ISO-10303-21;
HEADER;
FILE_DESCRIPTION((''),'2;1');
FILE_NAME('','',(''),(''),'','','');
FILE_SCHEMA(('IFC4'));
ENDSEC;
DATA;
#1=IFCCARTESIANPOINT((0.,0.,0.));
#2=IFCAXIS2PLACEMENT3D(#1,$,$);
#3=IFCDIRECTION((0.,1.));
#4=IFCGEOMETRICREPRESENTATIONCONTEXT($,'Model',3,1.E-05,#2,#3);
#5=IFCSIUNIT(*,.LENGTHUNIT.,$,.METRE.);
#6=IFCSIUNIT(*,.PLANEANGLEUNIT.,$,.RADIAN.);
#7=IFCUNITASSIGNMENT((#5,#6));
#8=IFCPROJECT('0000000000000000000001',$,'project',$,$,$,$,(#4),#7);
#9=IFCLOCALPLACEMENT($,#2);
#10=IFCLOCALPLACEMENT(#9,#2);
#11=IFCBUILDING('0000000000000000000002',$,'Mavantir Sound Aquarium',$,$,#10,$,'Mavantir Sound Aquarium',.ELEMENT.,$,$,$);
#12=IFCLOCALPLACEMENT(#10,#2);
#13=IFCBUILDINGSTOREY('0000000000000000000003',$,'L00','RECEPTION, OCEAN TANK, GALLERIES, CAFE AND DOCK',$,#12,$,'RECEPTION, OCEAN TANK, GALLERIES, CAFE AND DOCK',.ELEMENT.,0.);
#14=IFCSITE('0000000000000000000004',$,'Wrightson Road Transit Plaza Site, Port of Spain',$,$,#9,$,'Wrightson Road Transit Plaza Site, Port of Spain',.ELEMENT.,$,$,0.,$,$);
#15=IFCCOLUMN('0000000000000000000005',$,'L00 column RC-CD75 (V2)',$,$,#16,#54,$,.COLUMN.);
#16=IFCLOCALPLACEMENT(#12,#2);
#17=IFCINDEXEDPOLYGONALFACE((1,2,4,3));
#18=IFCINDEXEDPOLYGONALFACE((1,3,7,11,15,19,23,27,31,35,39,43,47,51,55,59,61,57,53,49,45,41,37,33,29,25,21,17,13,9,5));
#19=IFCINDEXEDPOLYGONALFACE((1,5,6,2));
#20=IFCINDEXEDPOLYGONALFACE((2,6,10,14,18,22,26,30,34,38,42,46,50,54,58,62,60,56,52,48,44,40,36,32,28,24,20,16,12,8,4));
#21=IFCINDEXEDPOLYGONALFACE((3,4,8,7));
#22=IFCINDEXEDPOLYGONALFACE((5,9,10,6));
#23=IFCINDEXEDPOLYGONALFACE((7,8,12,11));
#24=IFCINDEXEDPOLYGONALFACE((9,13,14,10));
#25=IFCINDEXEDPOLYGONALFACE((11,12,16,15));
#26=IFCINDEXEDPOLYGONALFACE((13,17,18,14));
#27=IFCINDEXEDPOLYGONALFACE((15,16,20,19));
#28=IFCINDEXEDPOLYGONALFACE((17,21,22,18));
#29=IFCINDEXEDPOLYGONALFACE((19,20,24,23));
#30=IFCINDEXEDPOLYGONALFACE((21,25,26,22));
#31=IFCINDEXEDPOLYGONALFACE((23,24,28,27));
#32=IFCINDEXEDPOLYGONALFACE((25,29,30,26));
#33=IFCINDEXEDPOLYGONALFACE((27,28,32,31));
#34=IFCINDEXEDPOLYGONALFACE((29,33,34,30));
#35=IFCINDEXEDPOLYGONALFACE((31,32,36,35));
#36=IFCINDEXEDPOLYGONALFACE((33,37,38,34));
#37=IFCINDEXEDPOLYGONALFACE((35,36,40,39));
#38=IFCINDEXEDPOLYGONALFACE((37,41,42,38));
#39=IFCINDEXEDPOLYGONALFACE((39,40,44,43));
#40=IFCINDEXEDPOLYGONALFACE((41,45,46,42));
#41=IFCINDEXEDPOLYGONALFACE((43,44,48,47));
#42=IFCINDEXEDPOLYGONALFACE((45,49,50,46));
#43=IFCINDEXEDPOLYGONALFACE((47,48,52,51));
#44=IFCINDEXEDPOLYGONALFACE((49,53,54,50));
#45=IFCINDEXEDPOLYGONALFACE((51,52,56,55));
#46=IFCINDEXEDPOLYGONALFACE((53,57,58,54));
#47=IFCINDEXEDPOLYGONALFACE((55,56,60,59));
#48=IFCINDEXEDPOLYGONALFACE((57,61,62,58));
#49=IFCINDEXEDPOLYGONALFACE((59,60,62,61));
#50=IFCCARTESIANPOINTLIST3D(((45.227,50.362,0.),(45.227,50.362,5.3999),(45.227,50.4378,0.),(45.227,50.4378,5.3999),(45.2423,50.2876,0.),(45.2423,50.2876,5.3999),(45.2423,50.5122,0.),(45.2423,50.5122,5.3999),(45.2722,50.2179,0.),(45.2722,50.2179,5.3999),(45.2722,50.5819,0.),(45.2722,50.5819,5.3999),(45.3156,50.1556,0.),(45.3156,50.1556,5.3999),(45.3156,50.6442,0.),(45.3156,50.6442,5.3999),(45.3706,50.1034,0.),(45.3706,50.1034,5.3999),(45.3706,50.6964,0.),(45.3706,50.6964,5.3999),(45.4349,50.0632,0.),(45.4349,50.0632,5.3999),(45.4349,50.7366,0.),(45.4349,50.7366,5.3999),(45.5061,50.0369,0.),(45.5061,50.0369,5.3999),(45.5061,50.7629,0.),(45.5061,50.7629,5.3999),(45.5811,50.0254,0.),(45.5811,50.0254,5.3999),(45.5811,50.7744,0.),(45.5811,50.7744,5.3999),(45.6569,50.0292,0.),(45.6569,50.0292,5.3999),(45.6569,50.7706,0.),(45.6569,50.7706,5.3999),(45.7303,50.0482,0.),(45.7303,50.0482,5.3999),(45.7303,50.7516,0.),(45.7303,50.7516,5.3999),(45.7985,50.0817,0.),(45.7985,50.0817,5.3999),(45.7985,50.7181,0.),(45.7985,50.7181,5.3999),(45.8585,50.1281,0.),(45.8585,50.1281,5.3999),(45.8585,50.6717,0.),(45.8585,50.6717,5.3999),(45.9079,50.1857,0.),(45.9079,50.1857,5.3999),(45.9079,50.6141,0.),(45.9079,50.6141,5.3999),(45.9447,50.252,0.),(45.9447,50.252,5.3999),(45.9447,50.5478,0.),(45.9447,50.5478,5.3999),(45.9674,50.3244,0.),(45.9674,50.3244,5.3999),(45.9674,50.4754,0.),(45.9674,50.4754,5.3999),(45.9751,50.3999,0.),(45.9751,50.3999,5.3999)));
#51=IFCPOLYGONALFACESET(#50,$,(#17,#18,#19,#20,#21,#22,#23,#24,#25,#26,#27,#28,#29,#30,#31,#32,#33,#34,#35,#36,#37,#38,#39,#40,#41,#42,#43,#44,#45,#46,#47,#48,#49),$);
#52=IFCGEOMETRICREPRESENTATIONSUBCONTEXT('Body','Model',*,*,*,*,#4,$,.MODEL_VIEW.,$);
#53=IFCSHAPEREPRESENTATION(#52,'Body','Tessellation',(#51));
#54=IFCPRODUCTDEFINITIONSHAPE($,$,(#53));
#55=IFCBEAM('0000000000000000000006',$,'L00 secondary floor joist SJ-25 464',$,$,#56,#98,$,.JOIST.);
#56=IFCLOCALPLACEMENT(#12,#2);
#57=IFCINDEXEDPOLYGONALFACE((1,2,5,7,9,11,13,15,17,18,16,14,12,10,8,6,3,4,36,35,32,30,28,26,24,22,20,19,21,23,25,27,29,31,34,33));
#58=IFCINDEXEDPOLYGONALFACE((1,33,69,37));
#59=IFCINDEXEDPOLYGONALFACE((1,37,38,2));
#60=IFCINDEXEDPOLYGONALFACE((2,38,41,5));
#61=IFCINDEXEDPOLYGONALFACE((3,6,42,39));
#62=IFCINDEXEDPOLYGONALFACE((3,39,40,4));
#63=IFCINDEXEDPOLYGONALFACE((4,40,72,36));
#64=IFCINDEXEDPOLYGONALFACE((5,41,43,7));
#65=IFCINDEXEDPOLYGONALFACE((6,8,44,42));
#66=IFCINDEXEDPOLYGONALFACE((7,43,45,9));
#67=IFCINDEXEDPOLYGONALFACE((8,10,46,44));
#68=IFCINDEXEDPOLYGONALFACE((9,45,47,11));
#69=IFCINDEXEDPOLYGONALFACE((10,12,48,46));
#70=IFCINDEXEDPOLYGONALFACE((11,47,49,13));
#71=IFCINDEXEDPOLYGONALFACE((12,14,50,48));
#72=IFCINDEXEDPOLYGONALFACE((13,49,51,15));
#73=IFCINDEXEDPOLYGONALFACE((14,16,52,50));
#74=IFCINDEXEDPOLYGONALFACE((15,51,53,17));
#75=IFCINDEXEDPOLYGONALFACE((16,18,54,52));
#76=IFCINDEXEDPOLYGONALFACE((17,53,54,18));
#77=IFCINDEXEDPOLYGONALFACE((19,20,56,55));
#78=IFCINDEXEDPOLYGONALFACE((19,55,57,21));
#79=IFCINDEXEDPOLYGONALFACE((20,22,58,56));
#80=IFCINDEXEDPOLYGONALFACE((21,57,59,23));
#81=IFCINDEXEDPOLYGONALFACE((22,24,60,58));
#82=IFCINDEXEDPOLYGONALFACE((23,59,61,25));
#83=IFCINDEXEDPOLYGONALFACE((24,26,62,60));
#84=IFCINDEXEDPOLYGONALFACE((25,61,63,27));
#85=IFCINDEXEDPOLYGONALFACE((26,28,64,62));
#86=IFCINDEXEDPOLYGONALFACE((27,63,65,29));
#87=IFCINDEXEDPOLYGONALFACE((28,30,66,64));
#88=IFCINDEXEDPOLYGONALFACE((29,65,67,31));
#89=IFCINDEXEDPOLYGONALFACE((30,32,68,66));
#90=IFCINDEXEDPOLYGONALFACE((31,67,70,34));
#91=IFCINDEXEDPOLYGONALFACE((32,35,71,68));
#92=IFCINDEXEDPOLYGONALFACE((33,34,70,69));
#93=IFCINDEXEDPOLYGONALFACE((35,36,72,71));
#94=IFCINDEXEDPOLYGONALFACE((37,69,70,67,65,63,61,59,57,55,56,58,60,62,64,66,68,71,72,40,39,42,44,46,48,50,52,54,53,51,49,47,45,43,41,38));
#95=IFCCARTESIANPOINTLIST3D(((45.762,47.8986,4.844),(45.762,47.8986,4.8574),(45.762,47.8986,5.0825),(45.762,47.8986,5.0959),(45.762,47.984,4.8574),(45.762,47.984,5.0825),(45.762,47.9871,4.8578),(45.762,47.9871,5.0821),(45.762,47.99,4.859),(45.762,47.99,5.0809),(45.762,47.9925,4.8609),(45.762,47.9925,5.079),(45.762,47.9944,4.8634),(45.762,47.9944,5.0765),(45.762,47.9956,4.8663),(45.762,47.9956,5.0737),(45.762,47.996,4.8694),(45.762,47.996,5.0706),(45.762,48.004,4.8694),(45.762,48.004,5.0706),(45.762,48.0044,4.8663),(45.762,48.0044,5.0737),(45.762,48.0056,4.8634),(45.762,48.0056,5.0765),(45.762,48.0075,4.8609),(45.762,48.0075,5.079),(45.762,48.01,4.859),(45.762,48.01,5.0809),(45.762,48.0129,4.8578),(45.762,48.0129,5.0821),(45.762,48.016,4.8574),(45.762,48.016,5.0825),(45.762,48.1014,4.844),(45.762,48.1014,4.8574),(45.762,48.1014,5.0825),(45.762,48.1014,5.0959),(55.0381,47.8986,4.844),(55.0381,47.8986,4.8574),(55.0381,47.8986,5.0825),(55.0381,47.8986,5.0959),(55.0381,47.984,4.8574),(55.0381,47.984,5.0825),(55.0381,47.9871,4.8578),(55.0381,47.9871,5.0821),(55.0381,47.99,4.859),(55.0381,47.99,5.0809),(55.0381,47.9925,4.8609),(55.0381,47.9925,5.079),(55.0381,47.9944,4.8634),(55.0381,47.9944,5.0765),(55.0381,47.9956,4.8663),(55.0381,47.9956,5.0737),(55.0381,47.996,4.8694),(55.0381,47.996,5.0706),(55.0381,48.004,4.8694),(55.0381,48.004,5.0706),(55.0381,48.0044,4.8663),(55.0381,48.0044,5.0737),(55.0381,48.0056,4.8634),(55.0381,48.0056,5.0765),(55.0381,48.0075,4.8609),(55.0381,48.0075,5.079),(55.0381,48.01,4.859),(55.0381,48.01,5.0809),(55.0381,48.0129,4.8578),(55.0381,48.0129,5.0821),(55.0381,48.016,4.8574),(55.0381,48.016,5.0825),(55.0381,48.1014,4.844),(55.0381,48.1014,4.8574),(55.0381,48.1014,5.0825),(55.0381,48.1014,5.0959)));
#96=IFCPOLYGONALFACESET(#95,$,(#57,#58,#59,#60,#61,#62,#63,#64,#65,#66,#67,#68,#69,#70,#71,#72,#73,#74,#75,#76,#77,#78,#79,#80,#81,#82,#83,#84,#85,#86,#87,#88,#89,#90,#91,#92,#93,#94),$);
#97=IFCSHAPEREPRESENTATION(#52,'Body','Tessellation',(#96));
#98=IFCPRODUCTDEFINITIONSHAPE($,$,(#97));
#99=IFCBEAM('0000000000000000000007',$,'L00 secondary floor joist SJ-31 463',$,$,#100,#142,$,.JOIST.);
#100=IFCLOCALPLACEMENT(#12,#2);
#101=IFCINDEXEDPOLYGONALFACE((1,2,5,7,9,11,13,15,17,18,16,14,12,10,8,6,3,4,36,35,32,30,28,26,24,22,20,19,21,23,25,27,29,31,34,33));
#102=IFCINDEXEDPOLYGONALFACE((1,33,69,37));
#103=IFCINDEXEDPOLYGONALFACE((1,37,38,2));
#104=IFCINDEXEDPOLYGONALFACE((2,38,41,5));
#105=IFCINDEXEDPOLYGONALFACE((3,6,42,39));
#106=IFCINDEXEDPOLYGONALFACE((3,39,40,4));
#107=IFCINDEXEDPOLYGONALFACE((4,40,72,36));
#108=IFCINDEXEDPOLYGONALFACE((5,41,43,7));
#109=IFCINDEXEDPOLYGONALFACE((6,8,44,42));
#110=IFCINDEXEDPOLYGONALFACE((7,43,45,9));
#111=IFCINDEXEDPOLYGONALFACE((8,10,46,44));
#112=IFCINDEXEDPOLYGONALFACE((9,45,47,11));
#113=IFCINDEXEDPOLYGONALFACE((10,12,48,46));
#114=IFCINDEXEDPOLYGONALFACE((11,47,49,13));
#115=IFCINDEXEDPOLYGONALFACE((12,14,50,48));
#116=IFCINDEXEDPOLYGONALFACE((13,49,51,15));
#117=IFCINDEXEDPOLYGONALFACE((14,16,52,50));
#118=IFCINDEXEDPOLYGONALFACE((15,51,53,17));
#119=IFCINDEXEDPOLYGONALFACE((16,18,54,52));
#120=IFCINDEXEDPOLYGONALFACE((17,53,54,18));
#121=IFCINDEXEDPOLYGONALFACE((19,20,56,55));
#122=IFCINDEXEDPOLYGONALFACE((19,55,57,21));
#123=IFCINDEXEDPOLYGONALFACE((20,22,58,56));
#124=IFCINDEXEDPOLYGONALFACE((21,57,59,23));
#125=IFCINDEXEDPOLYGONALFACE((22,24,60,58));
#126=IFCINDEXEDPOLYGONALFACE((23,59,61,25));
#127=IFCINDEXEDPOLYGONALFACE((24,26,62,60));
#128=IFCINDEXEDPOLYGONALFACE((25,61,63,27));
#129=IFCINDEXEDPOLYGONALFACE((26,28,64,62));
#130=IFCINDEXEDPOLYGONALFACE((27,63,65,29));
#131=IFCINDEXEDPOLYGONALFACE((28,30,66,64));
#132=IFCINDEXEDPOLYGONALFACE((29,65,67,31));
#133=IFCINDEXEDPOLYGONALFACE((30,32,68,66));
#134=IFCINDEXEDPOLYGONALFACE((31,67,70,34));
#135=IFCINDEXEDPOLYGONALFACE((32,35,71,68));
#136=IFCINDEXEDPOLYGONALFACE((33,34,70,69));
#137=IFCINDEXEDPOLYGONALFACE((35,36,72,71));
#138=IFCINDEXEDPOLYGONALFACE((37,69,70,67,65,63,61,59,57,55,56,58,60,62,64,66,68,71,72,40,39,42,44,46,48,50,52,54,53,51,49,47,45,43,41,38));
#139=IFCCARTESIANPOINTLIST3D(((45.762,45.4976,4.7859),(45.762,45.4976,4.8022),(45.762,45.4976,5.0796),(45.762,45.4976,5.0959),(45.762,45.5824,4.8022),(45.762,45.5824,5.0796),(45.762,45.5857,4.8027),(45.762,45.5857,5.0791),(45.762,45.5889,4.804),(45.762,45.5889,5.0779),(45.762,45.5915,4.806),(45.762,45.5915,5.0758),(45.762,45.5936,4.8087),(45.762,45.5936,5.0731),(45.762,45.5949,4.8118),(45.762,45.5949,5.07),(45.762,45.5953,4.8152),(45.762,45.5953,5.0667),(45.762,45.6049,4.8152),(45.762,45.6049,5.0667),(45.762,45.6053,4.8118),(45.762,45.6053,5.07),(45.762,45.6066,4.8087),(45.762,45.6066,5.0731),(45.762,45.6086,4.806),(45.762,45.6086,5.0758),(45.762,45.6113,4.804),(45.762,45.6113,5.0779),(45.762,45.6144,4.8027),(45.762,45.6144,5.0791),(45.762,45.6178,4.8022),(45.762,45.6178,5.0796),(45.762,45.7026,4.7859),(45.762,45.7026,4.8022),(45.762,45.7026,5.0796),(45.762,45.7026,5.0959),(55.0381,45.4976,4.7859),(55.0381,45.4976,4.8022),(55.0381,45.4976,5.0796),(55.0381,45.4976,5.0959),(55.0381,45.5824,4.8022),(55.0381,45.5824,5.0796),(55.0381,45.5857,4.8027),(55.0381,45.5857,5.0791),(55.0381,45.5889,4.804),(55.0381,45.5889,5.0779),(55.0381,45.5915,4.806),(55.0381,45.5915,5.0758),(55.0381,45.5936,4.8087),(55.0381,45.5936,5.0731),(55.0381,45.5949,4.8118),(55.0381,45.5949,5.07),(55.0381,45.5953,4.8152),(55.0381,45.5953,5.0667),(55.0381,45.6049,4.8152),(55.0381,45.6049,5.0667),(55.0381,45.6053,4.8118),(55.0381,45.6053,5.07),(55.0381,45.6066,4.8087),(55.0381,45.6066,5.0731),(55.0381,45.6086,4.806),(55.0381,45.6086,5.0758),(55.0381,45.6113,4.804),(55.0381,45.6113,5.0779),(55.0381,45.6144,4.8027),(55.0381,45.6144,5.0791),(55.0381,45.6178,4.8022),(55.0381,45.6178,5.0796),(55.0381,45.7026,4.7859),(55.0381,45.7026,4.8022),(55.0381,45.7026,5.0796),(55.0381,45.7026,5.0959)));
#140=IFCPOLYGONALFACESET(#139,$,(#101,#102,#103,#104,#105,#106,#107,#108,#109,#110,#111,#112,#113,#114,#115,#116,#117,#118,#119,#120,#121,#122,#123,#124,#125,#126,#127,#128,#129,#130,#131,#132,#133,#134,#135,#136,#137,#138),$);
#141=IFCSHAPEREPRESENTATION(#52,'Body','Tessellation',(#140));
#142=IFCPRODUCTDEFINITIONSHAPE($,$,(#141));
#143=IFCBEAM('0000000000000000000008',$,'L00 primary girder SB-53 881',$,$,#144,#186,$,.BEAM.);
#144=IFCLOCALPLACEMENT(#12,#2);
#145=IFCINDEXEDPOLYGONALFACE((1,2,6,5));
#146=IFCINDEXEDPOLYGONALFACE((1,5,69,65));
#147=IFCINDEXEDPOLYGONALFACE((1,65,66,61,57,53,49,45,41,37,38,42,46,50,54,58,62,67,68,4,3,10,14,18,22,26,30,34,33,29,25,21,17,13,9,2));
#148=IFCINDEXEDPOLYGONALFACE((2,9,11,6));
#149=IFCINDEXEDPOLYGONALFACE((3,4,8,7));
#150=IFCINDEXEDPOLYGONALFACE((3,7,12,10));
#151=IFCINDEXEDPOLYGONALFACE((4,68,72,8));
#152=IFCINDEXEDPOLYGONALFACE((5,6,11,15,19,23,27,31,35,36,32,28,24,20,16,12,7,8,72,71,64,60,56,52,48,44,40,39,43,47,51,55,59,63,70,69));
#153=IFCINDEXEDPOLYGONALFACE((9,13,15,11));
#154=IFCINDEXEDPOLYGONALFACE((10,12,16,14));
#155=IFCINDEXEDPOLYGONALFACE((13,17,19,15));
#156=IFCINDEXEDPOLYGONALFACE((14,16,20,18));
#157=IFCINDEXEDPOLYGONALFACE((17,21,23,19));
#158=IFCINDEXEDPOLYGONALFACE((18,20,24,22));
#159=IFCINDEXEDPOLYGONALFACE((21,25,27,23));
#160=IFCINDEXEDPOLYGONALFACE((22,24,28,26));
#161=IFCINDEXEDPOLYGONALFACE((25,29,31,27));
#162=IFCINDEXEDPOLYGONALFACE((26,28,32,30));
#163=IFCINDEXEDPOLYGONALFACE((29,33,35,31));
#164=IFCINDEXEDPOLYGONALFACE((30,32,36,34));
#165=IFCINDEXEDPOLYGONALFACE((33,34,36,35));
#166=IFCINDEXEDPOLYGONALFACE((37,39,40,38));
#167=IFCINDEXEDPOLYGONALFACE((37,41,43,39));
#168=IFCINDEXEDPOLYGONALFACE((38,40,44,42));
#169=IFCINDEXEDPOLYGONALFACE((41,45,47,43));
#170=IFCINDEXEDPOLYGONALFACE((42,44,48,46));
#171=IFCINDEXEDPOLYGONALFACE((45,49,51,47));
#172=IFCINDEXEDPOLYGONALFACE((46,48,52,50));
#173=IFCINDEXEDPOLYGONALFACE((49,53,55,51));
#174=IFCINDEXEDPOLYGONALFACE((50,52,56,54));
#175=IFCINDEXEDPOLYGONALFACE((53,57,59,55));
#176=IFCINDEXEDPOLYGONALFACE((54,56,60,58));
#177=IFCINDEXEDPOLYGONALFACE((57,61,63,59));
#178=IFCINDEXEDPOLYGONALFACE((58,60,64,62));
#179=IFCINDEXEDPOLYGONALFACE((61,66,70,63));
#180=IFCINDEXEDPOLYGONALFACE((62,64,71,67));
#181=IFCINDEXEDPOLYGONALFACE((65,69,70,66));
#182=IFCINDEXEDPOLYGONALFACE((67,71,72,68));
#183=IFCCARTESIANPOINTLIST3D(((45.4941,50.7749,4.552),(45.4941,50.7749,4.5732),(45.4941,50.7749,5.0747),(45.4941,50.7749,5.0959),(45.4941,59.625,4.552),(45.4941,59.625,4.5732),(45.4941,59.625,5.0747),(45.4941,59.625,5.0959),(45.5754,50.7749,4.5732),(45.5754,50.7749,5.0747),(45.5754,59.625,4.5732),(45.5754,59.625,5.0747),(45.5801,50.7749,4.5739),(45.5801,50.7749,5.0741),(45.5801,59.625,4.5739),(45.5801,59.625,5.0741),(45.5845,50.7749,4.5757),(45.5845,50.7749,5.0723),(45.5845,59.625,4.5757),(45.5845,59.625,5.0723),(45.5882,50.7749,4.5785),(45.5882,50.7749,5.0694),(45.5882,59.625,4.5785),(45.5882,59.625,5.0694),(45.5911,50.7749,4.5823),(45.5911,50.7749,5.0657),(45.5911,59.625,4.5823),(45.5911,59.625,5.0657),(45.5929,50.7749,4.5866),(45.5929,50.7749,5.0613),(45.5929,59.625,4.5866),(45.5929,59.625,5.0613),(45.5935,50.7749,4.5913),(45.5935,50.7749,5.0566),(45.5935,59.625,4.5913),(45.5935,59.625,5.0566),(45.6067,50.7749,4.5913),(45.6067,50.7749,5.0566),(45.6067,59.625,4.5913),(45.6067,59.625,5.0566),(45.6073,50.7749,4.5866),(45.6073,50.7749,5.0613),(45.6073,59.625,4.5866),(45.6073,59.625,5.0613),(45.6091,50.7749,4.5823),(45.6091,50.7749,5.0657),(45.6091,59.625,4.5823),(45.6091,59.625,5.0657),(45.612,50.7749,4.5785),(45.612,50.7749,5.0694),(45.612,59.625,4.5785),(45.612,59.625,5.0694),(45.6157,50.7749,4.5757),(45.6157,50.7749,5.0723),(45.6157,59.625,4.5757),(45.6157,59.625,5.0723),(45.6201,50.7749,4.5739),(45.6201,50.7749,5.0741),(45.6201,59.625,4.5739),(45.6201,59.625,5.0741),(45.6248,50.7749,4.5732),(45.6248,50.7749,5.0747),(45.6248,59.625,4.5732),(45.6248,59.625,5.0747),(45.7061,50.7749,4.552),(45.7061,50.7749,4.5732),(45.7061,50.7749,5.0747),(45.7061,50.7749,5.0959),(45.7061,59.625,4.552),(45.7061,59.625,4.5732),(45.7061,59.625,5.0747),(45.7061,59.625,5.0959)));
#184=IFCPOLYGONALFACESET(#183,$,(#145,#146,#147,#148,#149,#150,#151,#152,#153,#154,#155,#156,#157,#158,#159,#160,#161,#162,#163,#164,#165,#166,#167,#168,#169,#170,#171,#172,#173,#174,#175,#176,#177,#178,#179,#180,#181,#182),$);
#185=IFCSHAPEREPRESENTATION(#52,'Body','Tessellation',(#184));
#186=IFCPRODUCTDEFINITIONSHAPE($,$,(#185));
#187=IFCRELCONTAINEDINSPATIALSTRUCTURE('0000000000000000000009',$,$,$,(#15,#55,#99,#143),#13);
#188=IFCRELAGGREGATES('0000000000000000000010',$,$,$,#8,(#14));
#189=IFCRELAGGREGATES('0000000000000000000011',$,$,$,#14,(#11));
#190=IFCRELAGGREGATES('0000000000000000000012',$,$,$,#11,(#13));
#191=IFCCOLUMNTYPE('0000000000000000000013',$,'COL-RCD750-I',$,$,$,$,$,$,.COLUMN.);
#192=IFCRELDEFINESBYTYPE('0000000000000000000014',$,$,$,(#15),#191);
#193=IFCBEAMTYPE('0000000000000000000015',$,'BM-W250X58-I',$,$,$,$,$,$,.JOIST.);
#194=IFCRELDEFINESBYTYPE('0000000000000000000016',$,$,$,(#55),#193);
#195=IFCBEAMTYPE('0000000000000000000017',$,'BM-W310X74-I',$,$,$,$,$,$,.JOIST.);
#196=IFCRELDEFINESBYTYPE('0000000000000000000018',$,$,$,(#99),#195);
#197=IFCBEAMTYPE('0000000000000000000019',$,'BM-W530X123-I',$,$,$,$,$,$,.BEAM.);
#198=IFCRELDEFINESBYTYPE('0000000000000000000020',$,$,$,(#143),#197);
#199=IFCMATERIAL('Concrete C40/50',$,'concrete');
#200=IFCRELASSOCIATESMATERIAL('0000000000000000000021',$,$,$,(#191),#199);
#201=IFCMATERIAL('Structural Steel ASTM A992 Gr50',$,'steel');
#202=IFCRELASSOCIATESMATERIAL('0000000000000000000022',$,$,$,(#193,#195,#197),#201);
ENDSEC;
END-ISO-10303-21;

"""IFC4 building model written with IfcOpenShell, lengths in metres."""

from ifc_helpers import new_model, si_unit, direction, frame, origin, origin_2d, place, context, subcontext, project, spatial, circle, i_section, extrude, material, material_profile, profile_set, type_object, element, save


model = new_model("IFC4")

# Units and contexts
model_context = context("Model", 3, precision=1e-05, world=origin(), true_north=direction((0.0, 1.0)))
body_context = subcontext(model_context, "Body", "Model", "MODEL_VIEW")
ifc_project = project(units=[si_unit("LENGTHUNIT", "METRE"), si_unit("PLANEANGLEUNIT", "RADIAN")], contexts=[model_context])

# Site, building, storey
site_placement = place(None, origin())
site = spatial("IfcSite", under=ifc_project, at=site_placement, Name="Wrightson Road Transit Plaza Site, Port of Spain", LongName="Wrightson Road Transit Plaza Site, Port of Spain", CompositionType="ELEMENT", RefElevation=0.0)
building_placement = place(site_placement, origin())
building = spatial("IfcBuilding", under=site, at=building_placement, Name="Mavantir Sound Aquarium", LongName="Mavantir Sound Aquarium", CompositionType="ELEMENT")
storey_placement = place(building_placement, origin())
storey = spatial("IfcBuildingStorey", under=building, at=storey_placement, Name="L00", Description="RECEPTION, OCEAN TANK, GALLERIES, CAFE AND DOCK", LongName="RECEPTION, OCEAN TANK, GALLERIES, CAFE AND DOCK", CompositionType="ELEMENT", Elevation=0.0)

# Column
ifc_material_1 = material(Name="Concrete C40/50", Category="concrete")
ifc_material_profile_1 = material_profile(ifc_material_1, circle(Radius=0.375, at=origin_2d()), Name="RC D750")
ifc_profile_set_1 = profile_set([ifc_material_profile_1], Name="Concrete C40/50")
column_type = type_object("IfcColumnType", Name="COL-RCD750-I", PredefinedType="COLUMN", material=ifc_profile_set_1)
column_placement = place(storey_placement, frame((45.6001, 50.3999, 0.0), z_axis=(0.0, 0.0, 1.0), x_axis=(1.0, 0.0, 0.0)))
element("IfcColumn", 1, at=column_placement, inside=storey, type_object=column_type, Name="L00 column RC-CD75 (V2)", PredefinedType="COLUMN", context=body_context, shape_type="SweptSolid", body=[
    extrude(circle(Radius=0.375, at=origin_2d()), origin(), (0.0, 0.0, 1.0), 5.3999),
])

# Beams
ifc_material_2 = material(Name="Structural Steel ASTM A992 Gr50", Category="steel")
ifc_material_profile_2 = material_profile(ifc_material_2, i_section(OverallWidth=0.2029, OverallDepth=0.252, WebThickness=0.0081, FlangeThickness=0.0134, FilletRadius=0.012, at=origin_2d()), Name="W250X58")
ifc_profile_set_2 = profile_set([ifc_material_profile_2], Name="Structural Steel ASTM A992 Gr50")
beam_type_1 = type_object("IfcBeamType", Name="BM-W250X58-I", PredefinedType="JOIST", material=ifc_profile_set_2)
beam_1_placement = place(storey_placement, frame((45.762, 48.0, 4.97), z_axis=(1.0, 0.0, 0.0), x_axis=(0.0, 1.0, 0.0)))
element("IfcBeam", 2, at=beam_1_placement, inside=storey, type_object=beam_type_1, Name="L00 secondary floor joist SJ-25 464", PredefinedType="JOIST", context=body_context, shape_type="SweptSolid", body=[
    extrude(i_section(OverallWidth=0.2029, OverallDepth=0.252, WebThickness=0.0081, FlangeThickness=0.0134, FilletRadius=0.012, at=origin_2d()), origin(), (0.0, 0.0, 1.0), 9.2761),
])
ifc_material_profile_3 = material_profile(ifc_material_2, i_section(OverallWidth=0.2051, OverallDepth=0.3101, WebThickness=0.0095, FlangeThickness=0.0164, FilletRadius=0.0129, at=origin_2d()), Name="W310X74")
ifc_profile_set_3 = profile_set([ifc_material_profile_3], Name="Structural Steel ASTM A992 Gr50")
beam_type_2 = type_object("IfcBeamType", Name="BM-W310X74-I", PredefinedType="JOIST", material=ifc_profile_set_3)
beam_2_placement = place(storey_placement, frame((45.762, 45.6001, 4.9409), z_axis=(1.0, 0.0, 0.0), x_axis=(0.0, 1.0, 0.0)))
element("IfcBeam", 3, at=beam_2_placement, inside=storey, type_object=beam_type_2, Name="L00 secondary floor joist SJ-31 463", PredefinedType="JOIST", context=body_context, shape_type="SweptSolid", body=[
    extrude(i_section(OverallWidth=0.2051, OverallDepth=0.3101, WebThickness=0.0095, FlangeThickness=0.0164, FilletRadius=0.0129, at=origin_2d()), origin(), (0.0, 0.0, 1.0), 9.2761),
])
ifc_material_profile_4 = material_profile(ifc_material_2, i_section(OverallWidth=0.2119, OverallDepth=0.5439, WebThickness=0.0132, FlangeThickness=0.0212, FilletRadius=0.0181, at=origin_2d()), Name="W530X123")
ifc_profile_set_4 = profile_set([ifc_material_profile_4], Name="Structural Steel ASTM A992 Gr50")
beam_type_3 = type_object("IfcBeamType", Name="BM-W530X123-I", PredefinedType="BEAM", material=ifc_profile_set_4)
beam_3_placement = place(storey_placement, frame((45.6001, 50.7749, 4.824), z_axis=(0.0, 1.0, 0.0), x_axis=(-1.0, 0.0, 0.0)))
element("IfcBeam", 4, at=beam_3_placement, inside=storey, type_object=beam_type_3, Name="L00 primary girder SB-53 881", PredefinedType="BEAM", context=body_context, shape_type="SweptSolid", body=[
    extrude(i_section(OverallWidth=0.2119, OverallDepth=0.5439, WebThickness=0.0132, FlangeThickness=0.0212, FilletRadius=0.0181, at=origin_2d()), origin(), (0.0, 0.0, 1.0), 8.8501),
])

save(model, "model.ifc")
